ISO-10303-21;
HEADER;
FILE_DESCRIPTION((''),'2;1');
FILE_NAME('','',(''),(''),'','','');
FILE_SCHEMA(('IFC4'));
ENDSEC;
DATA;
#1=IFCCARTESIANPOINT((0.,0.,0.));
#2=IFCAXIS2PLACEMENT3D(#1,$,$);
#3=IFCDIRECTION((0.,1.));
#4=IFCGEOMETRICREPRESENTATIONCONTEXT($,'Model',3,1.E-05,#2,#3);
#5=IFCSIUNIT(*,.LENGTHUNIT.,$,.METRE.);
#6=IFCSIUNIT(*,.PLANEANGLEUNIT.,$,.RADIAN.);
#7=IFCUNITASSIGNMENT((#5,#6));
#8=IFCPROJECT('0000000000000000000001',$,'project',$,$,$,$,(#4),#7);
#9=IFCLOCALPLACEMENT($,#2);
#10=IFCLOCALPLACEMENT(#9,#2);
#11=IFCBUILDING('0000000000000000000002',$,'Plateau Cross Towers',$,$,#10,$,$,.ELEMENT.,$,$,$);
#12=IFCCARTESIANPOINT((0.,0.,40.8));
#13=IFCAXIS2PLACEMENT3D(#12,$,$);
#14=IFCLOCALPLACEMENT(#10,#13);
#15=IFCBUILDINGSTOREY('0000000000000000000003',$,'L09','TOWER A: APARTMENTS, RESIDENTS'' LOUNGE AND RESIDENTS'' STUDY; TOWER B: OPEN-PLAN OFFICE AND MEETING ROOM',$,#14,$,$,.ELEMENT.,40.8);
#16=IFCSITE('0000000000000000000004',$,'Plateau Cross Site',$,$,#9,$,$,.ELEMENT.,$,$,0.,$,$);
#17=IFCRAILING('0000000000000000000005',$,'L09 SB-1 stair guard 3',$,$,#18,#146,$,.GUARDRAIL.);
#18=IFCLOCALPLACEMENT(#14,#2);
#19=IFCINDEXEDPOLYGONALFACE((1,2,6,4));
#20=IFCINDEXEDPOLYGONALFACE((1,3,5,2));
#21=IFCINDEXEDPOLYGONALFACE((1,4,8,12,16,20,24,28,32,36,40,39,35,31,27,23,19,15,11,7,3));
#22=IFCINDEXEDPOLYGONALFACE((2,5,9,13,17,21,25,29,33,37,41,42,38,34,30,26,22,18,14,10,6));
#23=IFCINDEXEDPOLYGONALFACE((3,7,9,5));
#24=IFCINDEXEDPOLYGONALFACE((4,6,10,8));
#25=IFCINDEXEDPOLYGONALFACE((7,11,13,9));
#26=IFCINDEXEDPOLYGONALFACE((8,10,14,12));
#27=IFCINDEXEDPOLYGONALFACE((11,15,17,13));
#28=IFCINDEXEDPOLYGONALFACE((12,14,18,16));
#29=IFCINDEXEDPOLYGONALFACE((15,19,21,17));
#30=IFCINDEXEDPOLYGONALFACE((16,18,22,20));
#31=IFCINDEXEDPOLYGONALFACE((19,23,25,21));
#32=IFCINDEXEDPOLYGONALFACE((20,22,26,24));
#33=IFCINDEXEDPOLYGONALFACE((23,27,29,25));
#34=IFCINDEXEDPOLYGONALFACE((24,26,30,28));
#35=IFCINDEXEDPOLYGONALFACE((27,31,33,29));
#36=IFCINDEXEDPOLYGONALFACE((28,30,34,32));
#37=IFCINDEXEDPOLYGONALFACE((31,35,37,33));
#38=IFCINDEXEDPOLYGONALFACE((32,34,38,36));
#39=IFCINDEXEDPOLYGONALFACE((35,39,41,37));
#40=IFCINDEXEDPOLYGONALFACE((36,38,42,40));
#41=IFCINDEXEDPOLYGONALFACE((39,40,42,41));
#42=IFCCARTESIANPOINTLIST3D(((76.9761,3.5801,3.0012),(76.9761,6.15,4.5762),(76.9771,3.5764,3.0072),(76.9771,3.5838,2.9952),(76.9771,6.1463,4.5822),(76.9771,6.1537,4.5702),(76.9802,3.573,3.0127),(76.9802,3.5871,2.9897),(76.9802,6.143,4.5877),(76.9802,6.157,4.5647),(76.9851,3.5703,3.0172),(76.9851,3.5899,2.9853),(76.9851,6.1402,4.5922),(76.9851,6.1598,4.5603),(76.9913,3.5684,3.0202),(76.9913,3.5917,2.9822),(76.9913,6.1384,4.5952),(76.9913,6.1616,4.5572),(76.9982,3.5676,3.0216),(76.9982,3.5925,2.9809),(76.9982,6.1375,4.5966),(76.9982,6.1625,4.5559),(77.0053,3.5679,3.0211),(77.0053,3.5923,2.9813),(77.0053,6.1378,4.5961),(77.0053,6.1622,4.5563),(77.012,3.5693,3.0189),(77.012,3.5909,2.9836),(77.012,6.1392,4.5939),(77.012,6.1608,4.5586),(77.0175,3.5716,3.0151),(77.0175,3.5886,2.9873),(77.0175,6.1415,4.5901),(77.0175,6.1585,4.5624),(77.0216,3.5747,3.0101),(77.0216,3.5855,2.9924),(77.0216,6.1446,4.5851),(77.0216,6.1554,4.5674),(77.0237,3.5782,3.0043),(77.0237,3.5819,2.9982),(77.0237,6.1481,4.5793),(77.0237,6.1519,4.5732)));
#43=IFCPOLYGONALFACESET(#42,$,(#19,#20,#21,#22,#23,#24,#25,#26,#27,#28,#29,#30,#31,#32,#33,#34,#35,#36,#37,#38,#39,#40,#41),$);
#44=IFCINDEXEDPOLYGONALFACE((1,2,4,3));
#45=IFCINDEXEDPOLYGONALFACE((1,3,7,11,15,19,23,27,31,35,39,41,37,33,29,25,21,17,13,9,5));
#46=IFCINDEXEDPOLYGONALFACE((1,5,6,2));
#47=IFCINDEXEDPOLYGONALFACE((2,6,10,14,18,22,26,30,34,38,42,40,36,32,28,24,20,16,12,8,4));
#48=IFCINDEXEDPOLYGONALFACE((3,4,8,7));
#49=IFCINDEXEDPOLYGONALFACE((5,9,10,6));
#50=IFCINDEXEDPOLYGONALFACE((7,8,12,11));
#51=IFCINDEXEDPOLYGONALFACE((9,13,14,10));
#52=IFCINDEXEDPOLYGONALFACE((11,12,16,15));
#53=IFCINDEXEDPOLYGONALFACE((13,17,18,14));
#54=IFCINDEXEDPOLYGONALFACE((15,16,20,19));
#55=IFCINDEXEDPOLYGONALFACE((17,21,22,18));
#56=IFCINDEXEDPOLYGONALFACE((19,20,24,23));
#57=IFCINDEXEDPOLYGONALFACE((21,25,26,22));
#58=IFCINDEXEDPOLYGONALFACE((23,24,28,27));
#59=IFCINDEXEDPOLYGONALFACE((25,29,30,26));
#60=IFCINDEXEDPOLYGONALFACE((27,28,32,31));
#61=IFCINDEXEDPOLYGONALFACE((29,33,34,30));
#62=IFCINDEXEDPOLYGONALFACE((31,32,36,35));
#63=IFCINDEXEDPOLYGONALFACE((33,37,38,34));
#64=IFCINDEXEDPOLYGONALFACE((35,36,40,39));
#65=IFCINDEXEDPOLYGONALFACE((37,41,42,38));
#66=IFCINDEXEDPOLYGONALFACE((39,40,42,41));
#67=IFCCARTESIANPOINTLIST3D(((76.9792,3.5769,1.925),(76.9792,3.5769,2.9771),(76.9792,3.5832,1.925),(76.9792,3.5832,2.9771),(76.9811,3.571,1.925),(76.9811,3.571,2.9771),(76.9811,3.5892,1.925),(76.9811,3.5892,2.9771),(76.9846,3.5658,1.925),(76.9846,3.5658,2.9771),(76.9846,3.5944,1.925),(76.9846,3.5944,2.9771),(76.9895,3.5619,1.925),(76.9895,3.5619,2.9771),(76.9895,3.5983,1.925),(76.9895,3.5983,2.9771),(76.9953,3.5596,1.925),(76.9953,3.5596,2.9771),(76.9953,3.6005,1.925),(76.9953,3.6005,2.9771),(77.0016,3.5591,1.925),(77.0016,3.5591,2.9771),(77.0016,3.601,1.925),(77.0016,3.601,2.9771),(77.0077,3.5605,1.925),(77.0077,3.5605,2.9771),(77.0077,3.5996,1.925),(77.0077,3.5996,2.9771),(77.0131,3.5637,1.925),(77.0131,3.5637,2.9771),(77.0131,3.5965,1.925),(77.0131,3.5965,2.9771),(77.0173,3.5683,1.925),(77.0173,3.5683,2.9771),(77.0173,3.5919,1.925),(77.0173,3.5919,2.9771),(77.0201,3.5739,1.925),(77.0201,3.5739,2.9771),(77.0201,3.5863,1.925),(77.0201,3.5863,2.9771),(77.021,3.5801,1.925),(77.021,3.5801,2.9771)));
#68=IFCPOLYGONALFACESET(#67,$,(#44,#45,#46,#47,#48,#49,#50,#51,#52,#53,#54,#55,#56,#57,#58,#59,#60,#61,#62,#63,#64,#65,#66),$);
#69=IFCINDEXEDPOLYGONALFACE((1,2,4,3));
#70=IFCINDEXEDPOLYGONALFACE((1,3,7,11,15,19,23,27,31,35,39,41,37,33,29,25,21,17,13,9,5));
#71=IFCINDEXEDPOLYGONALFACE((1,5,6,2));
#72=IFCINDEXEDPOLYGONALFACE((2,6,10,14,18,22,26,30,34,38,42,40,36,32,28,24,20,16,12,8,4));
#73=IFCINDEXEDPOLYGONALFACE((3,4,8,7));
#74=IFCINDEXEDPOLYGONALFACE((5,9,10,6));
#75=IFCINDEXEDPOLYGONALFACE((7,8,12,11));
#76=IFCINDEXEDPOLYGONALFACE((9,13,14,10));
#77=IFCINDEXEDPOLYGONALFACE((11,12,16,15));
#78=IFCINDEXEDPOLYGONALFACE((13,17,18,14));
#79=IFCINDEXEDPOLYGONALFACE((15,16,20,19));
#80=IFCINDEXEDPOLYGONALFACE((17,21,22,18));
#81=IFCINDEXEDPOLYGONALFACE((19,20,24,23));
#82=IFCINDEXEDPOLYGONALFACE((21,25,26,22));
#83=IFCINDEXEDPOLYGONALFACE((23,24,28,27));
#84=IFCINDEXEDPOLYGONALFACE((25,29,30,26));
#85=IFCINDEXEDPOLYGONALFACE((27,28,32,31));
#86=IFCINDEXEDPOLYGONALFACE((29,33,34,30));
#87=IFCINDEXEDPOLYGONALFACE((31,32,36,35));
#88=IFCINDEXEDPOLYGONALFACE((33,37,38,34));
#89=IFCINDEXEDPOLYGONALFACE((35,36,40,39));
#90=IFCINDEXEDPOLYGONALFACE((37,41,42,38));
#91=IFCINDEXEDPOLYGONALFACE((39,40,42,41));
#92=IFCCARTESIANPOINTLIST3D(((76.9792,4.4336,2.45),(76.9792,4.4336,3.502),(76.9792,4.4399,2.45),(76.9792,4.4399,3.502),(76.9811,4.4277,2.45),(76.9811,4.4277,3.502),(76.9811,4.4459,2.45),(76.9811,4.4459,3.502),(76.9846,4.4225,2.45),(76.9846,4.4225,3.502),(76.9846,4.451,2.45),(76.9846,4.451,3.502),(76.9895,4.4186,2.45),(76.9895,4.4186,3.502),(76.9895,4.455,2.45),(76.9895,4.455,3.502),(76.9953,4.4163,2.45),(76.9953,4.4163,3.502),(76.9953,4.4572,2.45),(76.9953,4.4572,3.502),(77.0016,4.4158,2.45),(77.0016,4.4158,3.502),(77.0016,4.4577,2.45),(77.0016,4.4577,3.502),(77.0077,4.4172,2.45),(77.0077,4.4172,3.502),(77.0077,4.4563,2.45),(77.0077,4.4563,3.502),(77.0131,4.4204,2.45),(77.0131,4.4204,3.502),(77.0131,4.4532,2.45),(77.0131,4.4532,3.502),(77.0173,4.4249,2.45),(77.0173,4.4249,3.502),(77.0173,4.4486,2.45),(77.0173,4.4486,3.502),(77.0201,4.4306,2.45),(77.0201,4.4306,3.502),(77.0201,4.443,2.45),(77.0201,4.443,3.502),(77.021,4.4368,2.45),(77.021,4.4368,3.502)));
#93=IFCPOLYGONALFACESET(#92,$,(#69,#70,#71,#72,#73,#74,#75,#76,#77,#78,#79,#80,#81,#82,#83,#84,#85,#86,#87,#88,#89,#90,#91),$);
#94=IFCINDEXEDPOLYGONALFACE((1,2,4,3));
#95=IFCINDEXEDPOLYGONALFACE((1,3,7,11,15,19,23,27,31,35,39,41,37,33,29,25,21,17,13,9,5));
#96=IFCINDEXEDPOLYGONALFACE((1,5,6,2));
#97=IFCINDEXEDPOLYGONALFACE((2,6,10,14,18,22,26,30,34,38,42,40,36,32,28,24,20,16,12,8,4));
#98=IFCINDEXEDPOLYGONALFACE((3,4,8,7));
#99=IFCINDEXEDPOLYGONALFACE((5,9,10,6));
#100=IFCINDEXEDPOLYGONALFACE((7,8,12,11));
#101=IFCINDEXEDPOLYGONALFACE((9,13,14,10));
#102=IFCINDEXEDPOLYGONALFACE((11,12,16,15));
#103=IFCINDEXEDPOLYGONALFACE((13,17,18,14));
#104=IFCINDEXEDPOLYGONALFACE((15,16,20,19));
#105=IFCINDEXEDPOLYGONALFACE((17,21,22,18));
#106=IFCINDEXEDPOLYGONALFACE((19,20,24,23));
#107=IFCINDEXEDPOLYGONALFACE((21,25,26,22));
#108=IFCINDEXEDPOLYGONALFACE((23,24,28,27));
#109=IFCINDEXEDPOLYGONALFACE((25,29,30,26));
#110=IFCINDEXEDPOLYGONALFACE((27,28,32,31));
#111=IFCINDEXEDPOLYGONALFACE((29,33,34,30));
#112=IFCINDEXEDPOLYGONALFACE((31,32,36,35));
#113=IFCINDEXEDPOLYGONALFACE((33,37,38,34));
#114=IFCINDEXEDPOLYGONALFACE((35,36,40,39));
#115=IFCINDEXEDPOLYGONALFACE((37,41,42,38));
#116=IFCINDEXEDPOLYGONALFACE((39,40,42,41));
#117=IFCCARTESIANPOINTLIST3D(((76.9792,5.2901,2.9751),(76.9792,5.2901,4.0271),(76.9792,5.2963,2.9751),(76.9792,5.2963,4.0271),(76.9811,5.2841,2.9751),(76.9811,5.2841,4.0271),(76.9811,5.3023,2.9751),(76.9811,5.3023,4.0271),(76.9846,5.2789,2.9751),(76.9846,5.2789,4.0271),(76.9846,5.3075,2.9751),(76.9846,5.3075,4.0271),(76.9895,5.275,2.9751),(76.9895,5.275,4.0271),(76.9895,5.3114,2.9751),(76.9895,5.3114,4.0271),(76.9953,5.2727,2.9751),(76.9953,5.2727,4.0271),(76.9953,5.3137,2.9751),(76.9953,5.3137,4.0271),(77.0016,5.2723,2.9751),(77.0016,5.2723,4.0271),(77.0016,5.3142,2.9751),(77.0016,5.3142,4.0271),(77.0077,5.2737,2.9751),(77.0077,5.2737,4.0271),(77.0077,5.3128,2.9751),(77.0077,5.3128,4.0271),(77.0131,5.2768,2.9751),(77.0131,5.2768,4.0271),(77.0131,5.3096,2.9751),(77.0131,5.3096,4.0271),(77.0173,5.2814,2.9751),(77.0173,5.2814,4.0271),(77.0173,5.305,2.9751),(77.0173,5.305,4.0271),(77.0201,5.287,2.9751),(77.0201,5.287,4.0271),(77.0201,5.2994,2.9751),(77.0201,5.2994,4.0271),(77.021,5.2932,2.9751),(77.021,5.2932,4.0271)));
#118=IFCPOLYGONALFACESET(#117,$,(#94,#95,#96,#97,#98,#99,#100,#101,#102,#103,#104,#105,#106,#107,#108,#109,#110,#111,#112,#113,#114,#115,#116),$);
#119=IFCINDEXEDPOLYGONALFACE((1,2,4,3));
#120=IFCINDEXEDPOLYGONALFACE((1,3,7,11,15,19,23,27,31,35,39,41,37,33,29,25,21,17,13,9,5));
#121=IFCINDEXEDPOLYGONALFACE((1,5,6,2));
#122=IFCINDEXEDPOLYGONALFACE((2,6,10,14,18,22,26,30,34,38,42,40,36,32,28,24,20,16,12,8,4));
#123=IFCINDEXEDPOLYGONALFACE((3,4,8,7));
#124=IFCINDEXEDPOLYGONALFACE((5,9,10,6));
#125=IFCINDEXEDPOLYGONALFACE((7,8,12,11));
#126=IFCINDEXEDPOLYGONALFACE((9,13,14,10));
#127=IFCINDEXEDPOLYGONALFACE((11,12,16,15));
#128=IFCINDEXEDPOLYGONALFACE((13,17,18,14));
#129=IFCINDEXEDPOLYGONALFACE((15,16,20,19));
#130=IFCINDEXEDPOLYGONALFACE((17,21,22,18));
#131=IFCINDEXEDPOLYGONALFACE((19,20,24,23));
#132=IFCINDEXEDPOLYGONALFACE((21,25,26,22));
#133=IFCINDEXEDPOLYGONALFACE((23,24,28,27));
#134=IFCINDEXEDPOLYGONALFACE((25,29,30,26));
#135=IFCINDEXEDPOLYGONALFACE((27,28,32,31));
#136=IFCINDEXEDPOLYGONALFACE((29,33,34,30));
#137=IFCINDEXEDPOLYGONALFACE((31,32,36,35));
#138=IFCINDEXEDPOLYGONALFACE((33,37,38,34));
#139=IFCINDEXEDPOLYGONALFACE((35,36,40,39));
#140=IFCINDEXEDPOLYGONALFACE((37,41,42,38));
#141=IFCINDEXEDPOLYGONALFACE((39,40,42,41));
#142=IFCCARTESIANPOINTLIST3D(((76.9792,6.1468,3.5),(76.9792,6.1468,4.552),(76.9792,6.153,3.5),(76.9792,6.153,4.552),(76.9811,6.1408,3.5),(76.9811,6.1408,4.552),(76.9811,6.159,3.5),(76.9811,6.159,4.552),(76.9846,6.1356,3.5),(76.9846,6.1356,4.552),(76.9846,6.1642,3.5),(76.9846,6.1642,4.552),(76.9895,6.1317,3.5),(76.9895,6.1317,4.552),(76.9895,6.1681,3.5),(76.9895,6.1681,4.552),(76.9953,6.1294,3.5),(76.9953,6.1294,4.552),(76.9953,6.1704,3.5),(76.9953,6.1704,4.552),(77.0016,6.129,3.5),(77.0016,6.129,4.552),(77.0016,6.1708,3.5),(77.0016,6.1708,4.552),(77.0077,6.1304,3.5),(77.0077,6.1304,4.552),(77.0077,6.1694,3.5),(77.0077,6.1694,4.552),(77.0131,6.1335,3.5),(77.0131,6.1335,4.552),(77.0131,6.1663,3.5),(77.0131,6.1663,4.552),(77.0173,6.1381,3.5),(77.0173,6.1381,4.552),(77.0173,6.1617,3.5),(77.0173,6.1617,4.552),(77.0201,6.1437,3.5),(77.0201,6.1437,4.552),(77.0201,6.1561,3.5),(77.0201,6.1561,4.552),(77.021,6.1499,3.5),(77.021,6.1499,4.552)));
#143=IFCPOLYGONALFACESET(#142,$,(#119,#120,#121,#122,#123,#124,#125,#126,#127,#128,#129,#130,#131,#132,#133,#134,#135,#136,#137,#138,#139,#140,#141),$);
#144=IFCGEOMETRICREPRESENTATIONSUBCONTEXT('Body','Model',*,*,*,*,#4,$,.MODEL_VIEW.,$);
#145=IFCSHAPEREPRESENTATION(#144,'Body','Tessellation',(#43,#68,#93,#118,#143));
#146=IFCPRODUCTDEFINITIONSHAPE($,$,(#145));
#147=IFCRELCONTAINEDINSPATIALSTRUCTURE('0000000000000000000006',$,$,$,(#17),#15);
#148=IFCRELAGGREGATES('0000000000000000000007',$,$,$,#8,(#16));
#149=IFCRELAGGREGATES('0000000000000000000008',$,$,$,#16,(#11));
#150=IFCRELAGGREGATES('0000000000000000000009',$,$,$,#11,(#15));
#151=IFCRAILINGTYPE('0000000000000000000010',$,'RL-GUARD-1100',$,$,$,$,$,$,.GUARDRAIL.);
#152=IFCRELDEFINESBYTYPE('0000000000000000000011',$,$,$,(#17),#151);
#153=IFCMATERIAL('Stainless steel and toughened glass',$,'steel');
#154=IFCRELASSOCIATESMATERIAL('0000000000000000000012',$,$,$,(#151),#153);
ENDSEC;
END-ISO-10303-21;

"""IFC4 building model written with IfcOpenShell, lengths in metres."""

from ifc_helpers import new_model, si_unit, direction, frame, origin, origin_2d, place, context, subcontext, project, spatial, circle, extrude, material, type_object, element, save


model = new_model("IFC4")

# Units and contexts
model_context = context("Model", 3, precision=1e-05, world=origin(), true_north=direction((0.0, 1.0)))
body_context = subcontext(model_context, "Body", "Model", "MODEL_VIEW")
ifc_project = project(units=[si_unit("LENGTHUNIT", "METRE"), si_unit("PLANEANGLEUNIT", "RADIAN")], contexts=[model_context])

# Site, building, storey
site_placement = place(None, origin())
site = spatial("IfcSite", under=ifc_project, at=site_placement, Name="Plateau Cross Site", CompositionType="ELEMENT", RefElevation=0.0)
building_placement = place(site_placement, origin())
building = spatial("IfcBuilding", under=site, at=building_placement, Name="Plateau Cross Towers", CompositionType="ELEMENT")
storey_placement = place(building_placement, frame((0.0, 0.0, 40.8)))
storey = spatial("IfcBuildingStorey", under=building, at=storey_placement, Name="L09", Description="TOWER A: APARTMENTS, RESIDENTS' LOUNGE AND RESIDENTS' STUDY; TOWER B: OPEN-PLAN OFFICE AND MEETING ROOM", CompositionType="ELEMENT", Elevation=40.8)

# Railing
ifc_material_1 = material(Name="Stainless steel and toughened glass", Category="steel")
railing_type_1 = type_object("IfcRailingType", Name="RL-GUARD-1100", PredefinedType="GUARDRAIL", material=ifc_material_1)
railing_1_placement = place(storey_placement, frame((77.0, 3.5801, 1.925)))
element("IfcRailing", 1, at=railing_1_placement, inside=storey, type_object=railing_type_1, Name="L09 SB-1 stair guard 3", PredefinedType="GUARDRAIL", context=body_context, shape_type="SweptSolid", body=[
    extrude(circle(Radius=0.0239, at=origin_2d()), frame((0.0, 0.0, 1.0762), z_axis=(0.0, 0.852616, 0.522537), x_axis=(-1.0, 0.0, 0.0)), (0.0, 0.0, 1.0), 3.0142),
    extrude(circle(Radius=0.021, at=origin_2d()), origin(), (0.0, 0.0, 1.0), 1.052),
    extrude(circle(Radius=0.021, at=origin_2d()), frame((0.0, 0.8567, 0.5249)), (0.0, 0.0, 1.0), 1.052),
    extrude(circle(Radius=0.021, at=origin_2d()), frame((0.0, 1.7131, 1.05)), (0.0, 0.0, 1.0), 1.052),
    extrude(circle(Radius=0.021, at=origin_2d()), frame((0.0, 2.5698, 1.575)), (0.0, 0.0, 1.0), 1.052),
])

save(model, "model.ifc")
